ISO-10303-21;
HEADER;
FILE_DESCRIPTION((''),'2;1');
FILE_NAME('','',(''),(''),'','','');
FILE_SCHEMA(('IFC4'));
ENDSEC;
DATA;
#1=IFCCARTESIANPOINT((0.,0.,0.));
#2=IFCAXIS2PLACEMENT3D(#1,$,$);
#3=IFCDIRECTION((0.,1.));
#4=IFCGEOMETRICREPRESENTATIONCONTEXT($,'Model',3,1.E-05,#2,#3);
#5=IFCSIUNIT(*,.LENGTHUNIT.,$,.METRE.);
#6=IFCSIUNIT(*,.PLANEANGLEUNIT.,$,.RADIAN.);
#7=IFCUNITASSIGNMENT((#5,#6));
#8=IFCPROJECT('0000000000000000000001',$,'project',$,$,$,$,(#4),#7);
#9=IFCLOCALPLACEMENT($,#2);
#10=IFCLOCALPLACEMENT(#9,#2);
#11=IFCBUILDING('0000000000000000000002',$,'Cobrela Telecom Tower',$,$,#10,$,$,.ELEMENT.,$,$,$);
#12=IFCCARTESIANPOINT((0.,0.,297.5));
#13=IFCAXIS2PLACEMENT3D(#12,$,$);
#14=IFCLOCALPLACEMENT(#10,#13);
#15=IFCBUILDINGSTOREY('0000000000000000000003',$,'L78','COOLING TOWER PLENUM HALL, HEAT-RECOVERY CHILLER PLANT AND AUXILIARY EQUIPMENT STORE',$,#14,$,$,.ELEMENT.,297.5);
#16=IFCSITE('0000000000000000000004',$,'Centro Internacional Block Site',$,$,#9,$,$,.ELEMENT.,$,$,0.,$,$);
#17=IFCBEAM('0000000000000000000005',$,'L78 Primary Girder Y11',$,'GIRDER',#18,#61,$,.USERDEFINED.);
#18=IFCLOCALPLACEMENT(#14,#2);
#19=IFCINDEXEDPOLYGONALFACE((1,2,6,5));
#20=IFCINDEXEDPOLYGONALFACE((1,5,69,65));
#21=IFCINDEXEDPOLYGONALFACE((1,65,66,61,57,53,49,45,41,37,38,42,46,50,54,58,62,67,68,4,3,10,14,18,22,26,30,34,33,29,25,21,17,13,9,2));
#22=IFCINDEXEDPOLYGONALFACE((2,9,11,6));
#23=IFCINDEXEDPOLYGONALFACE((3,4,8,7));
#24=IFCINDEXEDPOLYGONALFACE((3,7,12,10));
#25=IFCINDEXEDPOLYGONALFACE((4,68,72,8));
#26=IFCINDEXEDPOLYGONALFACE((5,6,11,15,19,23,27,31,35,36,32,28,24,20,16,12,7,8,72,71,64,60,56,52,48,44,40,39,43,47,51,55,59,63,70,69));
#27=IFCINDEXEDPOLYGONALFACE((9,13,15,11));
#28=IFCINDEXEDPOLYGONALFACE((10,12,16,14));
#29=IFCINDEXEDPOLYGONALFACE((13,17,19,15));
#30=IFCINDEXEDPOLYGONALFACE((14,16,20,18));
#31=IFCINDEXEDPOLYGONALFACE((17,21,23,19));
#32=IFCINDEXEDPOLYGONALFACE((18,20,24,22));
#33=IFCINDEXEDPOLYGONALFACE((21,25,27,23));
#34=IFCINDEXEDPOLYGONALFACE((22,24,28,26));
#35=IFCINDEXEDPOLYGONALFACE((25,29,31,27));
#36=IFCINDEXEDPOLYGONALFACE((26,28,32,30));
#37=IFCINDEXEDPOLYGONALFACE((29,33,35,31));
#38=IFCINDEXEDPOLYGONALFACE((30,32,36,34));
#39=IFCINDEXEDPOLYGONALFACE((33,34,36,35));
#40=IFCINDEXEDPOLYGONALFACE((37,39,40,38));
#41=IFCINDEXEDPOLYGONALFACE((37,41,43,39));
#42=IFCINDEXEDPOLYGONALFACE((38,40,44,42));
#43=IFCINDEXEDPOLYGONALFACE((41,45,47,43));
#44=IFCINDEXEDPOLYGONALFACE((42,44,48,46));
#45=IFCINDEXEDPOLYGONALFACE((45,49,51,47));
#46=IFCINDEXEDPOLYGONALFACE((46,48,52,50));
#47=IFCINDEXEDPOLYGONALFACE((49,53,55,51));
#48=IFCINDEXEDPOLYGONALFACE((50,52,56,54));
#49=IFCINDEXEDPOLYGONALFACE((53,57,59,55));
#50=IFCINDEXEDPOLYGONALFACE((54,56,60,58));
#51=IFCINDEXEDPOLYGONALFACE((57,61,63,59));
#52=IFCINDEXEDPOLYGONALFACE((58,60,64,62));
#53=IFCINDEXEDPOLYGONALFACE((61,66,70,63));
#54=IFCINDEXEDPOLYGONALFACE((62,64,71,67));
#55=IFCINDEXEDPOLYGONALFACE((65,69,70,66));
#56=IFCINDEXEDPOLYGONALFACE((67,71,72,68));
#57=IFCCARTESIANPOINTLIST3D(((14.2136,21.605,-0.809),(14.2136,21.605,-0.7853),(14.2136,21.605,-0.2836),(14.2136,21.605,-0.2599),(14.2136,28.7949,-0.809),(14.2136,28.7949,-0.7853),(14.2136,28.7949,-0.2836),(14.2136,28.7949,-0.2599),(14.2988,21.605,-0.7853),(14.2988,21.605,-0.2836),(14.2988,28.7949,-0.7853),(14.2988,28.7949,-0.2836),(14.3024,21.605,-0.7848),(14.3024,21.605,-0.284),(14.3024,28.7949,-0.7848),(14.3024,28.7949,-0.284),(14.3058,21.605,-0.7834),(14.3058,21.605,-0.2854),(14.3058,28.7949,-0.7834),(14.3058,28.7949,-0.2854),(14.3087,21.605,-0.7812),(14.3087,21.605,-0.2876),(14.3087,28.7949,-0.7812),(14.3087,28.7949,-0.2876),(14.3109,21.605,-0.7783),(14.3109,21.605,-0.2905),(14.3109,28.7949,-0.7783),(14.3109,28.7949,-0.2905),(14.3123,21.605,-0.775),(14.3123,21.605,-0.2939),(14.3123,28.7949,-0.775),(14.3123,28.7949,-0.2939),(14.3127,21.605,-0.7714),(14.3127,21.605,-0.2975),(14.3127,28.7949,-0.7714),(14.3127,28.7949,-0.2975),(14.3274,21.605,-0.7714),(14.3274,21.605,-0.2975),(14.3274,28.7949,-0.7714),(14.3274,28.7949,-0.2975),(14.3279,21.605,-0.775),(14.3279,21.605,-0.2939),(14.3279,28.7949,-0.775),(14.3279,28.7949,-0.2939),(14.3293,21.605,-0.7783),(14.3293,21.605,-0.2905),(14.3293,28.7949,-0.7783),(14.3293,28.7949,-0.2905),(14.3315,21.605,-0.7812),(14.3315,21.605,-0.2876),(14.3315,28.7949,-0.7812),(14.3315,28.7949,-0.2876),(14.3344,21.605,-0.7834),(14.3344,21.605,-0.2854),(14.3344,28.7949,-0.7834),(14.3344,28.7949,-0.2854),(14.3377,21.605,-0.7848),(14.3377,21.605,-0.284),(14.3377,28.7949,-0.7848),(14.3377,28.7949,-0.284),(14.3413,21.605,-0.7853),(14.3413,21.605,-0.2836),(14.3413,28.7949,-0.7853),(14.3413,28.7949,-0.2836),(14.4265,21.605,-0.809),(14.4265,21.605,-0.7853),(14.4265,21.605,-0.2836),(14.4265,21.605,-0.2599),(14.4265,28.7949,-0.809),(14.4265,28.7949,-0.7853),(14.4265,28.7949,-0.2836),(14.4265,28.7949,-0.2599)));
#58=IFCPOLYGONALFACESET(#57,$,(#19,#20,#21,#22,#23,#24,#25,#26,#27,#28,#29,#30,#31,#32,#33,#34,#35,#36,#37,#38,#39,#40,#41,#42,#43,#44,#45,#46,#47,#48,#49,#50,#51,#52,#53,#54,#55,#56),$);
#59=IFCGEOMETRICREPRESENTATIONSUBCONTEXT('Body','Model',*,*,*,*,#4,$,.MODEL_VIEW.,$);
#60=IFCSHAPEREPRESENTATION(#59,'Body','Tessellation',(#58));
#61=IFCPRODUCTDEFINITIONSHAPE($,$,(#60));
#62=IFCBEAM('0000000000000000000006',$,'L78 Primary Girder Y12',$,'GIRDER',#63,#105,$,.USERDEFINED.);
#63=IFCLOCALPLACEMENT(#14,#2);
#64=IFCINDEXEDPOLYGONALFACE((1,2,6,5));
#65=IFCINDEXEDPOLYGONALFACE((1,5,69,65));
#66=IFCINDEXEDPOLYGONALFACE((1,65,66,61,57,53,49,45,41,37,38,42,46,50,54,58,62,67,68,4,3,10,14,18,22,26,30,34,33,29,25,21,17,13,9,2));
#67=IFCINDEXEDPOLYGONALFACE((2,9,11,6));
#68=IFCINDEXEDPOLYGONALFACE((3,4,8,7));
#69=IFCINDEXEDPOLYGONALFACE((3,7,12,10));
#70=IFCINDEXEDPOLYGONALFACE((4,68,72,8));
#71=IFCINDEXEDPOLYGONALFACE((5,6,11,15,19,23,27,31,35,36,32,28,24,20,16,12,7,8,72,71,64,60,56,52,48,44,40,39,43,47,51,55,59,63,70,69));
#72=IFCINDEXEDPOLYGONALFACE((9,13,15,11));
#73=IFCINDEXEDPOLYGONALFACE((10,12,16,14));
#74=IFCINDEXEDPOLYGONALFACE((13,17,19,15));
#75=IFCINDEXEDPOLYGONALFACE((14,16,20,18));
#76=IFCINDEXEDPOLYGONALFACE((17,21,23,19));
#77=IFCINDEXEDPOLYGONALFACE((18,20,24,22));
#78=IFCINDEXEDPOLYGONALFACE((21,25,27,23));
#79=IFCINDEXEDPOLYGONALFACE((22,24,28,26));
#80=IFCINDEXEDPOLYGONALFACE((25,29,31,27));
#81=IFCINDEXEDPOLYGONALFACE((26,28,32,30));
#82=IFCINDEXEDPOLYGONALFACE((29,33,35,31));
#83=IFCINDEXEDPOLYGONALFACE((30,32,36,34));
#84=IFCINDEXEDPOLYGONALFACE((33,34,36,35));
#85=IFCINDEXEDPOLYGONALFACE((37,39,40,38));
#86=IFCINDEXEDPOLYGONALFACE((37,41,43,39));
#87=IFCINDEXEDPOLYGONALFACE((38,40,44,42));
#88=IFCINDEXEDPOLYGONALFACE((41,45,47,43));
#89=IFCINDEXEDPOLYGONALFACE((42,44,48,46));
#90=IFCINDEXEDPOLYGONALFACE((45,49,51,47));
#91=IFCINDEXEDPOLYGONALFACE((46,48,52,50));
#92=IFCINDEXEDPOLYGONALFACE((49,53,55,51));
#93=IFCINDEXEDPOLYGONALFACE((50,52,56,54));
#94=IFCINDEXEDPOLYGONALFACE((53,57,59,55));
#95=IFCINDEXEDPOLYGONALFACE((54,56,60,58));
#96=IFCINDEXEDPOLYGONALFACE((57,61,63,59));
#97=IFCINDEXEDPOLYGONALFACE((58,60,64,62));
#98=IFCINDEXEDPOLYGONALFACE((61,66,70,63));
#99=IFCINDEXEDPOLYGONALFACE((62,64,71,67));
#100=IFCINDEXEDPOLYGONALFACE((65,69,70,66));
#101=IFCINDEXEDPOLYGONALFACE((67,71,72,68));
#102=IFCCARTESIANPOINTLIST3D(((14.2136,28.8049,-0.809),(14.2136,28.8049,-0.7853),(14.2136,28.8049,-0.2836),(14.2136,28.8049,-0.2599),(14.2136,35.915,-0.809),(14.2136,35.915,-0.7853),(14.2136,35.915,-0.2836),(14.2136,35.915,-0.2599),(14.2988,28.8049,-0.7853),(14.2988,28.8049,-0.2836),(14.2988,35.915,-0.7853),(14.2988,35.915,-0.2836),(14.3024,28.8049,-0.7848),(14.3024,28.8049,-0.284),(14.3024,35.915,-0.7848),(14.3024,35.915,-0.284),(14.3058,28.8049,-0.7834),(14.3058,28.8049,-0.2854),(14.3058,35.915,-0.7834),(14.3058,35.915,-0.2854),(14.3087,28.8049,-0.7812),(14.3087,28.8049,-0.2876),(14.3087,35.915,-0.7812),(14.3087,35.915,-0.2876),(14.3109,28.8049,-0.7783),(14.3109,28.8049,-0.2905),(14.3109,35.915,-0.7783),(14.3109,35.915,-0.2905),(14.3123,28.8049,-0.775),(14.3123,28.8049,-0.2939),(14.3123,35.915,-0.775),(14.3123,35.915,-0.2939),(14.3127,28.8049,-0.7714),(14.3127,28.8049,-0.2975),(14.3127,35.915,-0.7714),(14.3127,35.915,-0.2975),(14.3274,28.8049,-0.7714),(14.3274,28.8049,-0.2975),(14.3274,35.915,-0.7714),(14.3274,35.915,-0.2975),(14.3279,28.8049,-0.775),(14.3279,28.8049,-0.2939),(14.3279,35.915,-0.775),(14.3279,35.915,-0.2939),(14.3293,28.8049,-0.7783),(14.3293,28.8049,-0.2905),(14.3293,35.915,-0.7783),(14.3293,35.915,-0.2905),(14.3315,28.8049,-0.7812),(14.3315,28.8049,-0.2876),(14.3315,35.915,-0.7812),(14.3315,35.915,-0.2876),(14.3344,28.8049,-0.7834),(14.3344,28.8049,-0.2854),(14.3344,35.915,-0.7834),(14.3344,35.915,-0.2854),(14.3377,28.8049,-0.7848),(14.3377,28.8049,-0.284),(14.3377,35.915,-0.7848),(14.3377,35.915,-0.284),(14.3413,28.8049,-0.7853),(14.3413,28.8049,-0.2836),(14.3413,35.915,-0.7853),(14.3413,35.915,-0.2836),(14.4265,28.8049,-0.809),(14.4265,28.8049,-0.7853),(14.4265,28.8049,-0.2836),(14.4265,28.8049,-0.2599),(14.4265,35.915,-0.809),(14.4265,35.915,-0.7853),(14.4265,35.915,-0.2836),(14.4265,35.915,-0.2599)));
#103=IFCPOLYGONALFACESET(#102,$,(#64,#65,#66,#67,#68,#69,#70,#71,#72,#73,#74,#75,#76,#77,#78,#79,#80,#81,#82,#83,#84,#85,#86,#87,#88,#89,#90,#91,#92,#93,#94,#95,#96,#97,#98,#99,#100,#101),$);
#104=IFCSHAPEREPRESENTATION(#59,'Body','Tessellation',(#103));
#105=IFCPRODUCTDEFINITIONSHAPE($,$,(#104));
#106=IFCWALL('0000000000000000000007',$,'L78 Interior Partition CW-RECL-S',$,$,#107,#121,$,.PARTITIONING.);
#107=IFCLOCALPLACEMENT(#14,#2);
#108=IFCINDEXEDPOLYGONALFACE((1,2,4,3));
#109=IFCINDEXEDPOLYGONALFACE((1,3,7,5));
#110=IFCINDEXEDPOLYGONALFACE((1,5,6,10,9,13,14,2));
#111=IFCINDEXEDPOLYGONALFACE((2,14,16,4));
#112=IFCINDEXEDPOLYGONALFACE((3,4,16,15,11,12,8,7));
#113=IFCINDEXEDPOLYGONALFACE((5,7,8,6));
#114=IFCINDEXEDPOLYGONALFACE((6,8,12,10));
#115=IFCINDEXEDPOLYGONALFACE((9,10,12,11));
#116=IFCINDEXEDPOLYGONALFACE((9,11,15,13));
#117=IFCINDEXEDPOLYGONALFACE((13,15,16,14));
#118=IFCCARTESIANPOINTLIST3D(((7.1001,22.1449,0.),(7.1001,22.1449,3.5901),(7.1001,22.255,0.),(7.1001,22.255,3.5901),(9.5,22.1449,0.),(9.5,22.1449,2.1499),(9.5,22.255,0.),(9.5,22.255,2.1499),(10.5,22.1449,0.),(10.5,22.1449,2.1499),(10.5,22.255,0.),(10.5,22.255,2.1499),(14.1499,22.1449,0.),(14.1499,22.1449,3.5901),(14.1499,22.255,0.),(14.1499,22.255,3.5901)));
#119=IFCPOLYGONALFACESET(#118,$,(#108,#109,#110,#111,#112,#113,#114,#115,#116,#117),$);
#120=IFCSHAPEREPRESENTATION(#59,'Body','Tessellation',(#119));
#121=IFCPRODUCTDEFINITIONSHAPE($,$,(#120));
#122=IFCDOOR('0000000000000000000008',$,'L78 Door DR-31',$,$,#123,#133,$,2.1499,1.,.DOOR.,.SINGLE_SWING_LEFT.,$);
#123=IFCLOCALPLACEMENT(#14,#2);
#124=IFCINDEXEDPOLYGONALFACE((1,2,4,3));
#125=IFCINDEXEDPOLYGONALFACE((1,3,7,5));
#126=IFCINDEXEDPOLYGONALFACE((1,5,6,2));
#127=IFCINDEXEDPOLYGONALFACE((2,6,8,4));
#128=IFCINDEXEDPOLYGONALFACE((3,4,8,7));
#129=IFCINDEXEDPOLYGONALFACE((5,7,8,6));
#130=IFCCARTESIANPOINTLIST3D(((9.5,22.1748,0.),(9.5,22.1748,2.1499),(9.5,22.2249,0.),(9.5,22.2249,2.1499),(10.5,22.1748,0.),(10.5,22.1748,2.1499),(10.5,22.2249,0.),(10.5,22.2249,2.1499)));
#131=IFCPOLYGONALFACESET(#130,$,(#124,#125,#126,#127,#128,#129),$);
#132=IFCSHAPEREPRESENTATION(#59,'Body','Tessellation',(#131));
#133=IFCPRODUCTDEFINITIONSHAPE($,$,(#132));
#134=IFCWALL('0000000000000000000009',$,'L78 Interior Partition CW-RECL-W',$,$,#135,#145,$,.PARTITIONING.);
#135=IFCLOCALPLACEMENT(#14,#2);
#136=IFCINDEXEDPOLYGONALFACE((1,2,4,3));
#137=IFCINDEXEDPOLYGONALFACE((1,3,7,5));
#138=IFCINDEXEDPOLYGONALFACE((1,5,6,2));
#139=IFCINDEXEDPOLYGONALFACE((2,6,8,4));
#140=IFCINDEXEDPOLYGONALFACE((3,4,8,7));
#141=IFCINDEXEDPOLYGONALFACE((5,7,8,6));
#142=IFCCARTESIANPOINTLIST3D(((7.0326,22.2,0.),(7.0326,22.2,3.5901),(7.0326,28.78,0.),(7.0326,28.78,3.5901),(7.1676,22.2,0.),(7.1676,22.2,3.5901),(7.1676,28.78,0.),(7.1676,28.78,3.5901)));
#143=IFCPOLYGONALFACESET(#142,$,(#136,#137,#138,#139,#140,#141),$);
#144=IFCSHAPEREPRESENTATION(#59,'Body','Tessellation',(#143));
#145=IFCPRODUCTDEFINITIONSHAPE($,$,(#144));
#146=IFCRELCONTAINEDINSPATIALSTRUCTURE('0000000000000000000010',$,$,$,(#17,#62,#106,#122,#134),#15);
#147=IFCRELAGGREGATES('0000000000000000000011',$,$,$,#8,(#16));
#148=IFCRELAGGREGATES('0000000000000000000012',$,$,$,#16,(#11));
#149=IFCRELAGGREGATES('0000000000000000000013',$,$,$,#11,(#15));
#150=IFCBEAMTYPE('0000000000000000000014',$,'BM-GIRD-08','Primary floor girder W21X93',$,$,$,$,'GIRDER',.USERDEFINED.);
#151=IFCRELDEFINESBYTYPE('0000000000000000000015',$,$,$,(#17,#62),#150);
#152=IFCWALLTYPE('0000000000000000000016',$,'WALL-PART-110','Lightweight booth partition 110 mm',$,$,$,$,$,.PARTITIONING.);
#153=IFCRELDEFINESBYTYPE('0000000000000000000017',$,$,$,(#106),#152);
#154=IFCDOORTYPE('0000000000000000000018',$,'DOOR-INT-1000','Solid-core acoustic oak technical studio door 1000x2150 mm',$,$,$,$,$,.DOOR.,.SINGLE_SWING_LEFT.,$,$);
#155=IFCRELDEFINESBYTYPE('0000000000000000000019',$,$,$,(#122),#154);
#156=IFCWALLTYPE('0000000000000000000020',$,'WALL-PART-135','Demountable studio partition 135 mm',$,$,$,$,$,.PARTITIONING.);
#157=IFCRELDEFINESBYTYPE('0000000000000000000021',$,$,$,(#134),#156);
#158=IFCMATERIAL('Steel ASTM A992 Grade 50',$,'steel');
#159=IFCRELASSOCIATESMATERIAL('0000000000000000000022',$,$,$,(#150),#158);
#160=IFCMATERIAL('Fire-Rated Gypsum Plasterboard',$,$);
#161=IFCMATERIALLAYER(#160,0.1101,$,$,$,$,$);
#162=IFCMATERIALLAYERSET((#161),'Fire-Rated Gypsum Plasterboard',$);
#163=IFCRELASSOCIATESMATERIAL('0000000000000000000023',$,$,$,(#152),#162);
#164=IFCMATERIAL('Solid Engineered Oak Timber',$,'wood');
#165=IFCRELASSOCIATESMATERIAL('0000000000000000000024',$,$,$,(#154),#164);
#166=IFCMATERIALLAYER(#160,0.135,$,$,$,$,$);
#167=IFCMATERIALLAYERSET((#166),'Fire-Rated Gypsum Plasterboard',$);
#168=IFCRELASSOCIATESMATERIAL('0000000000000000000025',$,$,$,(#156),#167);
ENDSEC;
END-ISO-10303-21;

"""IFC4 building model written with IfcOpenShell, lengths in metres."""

from ifc_helpers import new_model, si_unit, direction, frame, frame_2d, origin, origin_2d, place, context, subcontext, project, spatial, rectangle, i_section, extrude, material, layer, layer_set, material_profile, profile_set, type_object, element, fill, save


model = new_model("IFC4")

# Units and contexts
model_context = context("Model", 3, precision=1e-05, world=origin(), true_north=direction((0.0, 1.0)))
body_context = subcontext(model_context, "Body", "Model", "MODEL_VIEW")
ifc_project = project(units=[si_unit("LENGTHUNIT", "METRE"), si_unit("PLANEANGLEUNIT", "RADIAN")], contexts=[model_context])

# Site, building, storey
site_placement = place(None, origin())
site = spatial("IfcSite", under=ifc_project, at=site_placement, Name="Centro Internacional Block Site", CompositionType="ELEMENT", RefElevation=0.0)
building_placement = place(site_placement, origin())
building = spatial("IfcBuilding", under=site, at=building_placement, Name="Cobrela Telecom Tower", CompositionType="ELEMENT")
storey_placement = place(building_placement, frame((0.0, 0.0, 297.5)))
storey = spatial("IfcBuildingStorey", under=building, at=storey_placement, Name="L78", Description="COOLING TOWER PLENUM HALL, HEAT-RECOVERY CHILLER PLANT AND AUXILIARY EQUIPMENT STORE", CompositionType="ELEMENT", Elevation=297.5)

# Beams
ifc_material_1 = material(Name="Steel ASTM A992 Grade 50", Category="steel")
ifc_material_profile = material_profile(ifc_material_1, i_section(OverallWidth=0.2129, OverallDepth=0.5491, WebThickness=0.0146, FlangeThickness=0.0237, FilletRadius=0.0139, at=origin_2d()), Name="W21X93")
ifc_profile_set = profile_set([ifc_material_profile], Name="Steel ASTM A992 Grade 50")
beam_type = type_object("IfcBeamType", Name="BM-GIRD-08", Description="Primary floor girder W21X93", ElementType="GIRDER", PredefinedType="USERDEFINED", material=ifc_profile_set)
beam_1_placement = place(storey_placement, frame((14.3201, 21.605, -0.5344), z_axis=(0.0, 1.0, 0.0), x_axis=(-1.0, 0.0, 0.0)))
element("IfcBeam", 1, at=beam_1_placement, inside=storey, type_object=beam_type, Name="L78 Primary Girder Y11", ObjectType="GIRDER", PredefinedType="USERDEFINED", context=body_context, shape_type="SweptSolid", body=[
    extrude(i_section(OverallWidth=0.2129, OverallDepth=0.5491, WebThickness=0.0146, FlangeThickness=0.0237, FilletRadius=0.0139, at=origin_2d()), origin(), (0.0, 0.0, 1.0), 7.1899),
])
beam_2_placement = place(storey_placement, frame((14.3201, 28.8049, -0.5344), z_axis=(0.0, 1.0, 0.0), x_axis=(-1.0, 0.0, 0.0)))
element("IfcBeam", 2, at=beam_2_placement, inside=storey, type_object=beam_type, Name="L78 Primary Girder Y12", ObjectType="GIRDER", PredefinedType="USERDEFINED", context=body_context, shape_type="SweptSolid", body=[
    extrude(i_section(OverallWidth=0.2129, OverallDepth=0.5491, WebThickness=0.0146, FlangeThickness=0.0237, FilletRadius=0.0139, at=origin_2d()), origin(), (0.0, 0.0, 1.0), 7.1101),
])

# Wall, opening, door
ifc_material_2 = material(Name="Fire-Rated Gypsum Plasterboard")
ifc_layer_1 = layer(ifc_material_2, 0.1101)
ifc_layer_set_1 = layer_set([ifc_layer_1], Name="Fire-Rated Gypsum Plasterboard")
wall_type_1 = type_object("IfcWallType", Name="WALL-PART-110", Description="Lightweight booth partition 110 mm", PredefinedType="PARTITIONING", material=ifc_layer_set_1)
wall_1_placement = place(storey_placement, frame((7.1001, 22.2, 0.0), z_axis=(0.0, 0.0, 1.0), x_axis=(1.0, 0.0, 0.0)))
wall_1 = element("IfcWall", 3, at=wall_1_placement, inside=storey, type_object=wall_type_1, Name="L78 Interior Partition CW-RECL-S", PredefinedType="PARTITIONING", context=body_context, shape_type="SweptSolid", body=[
    extrude(rectangle(XDim=7.0498, YDim=0.1101, at=frame_2d((3.5249, 0.0))), origin(), (0.0, 0.0, 1.0), 3.5901),
])
opening_1_placement = place(wall_1_placement, frame((2.3999, 0.0, 0.0)))
opening_1 = element("IfcOpeningElement", 4, at=opening_1_placement, cuts=wall_1, PredefinedType="OPENING", context=body_context, shape_type="SweptSolid", body=[
    extrude(rectangle(XDim=1.0, YDim=2.1499, at=frame_2d((0.5, 1.075))), frame((0.0, 0.0669, 0.0), z_axis=(0.0, -1.0, 0.0), x_axis=(1.0, 0.0, 0.0)), (0.0, 0.0, 1.0), 0.134),
])
ifc_material_3 = material(Name="Solid Engineered Oak Timber", Category="wood")
door_type_1 = type_object("IfcDoorType", Name="DOOR-INT-1000", Description="Solid-core acoustic oak technical studio door 1000x2150 mm", OperationType="SINGLE_SWING_LEFT", PredefinedType="DOOR", material=ifc_material_3)
door_1_placement = place(opening_1_placement, origin())
door_1 = element("IfcDoor", 5, at=door_1_placement, inside=storey, type_object=door_type_1, Name="L78 Door DR-31", OperationType="SINGLE_SWING_LEFT", OverallHeight=2.1499, OverallWidth=1.0, PredefinedType="DOOR", context=body_context, shape_type="SweptSolid", body=[
    extrude(rectangle(XDim=1.0, YDim=2.1499, at=frame_2d((0.5, 1.075))), frame((0.0, 0.0249, 0.0), z_axis=(0.0, -1.0, 0.0), x_axis=(1.0, 0.0, 0.0)), (0.0, 0.0, 1.0), 0.05),
])
fill(opening_1, door_1)

# Wall
ifc_layer_2 = layer(ifc_material_2, 0.135)
ifc_layer_set_2 = layer_set([ifc_layer_2], Name="Fire-Rated Gypsum Plasterboard")
wall_type_2 = type_object("IfcWallType", Name="WALL-PART-135", Description="Demountable studio partition 135 mm", PredefinedType="PARTITIONING", material=ifc_layer_set_2)
wall_2_placement = place(storey_placement, frame((7.1001, 22.2, 0.0), z_axis=(0.0, 0.0, 1.0), x_axis=(0.0, 1.0, 0.0)))
element("IfcWall", 6, at=wall_2_placement, inside=storey, type_object=wall_type_2, Name="L78 Interior Partition CW-RECL-W", PredefinedType="PARTITIONING", context=body_context, shape_type="SweptSolid", body=[
    extrude(rectangle(XDim=6.5801, YDim=0.135, at=frame_2d((3.29, 0.0))), origin(), (0.0, 0.0, 1.0), 3.5901),
])

save(model, "model.ifc")
